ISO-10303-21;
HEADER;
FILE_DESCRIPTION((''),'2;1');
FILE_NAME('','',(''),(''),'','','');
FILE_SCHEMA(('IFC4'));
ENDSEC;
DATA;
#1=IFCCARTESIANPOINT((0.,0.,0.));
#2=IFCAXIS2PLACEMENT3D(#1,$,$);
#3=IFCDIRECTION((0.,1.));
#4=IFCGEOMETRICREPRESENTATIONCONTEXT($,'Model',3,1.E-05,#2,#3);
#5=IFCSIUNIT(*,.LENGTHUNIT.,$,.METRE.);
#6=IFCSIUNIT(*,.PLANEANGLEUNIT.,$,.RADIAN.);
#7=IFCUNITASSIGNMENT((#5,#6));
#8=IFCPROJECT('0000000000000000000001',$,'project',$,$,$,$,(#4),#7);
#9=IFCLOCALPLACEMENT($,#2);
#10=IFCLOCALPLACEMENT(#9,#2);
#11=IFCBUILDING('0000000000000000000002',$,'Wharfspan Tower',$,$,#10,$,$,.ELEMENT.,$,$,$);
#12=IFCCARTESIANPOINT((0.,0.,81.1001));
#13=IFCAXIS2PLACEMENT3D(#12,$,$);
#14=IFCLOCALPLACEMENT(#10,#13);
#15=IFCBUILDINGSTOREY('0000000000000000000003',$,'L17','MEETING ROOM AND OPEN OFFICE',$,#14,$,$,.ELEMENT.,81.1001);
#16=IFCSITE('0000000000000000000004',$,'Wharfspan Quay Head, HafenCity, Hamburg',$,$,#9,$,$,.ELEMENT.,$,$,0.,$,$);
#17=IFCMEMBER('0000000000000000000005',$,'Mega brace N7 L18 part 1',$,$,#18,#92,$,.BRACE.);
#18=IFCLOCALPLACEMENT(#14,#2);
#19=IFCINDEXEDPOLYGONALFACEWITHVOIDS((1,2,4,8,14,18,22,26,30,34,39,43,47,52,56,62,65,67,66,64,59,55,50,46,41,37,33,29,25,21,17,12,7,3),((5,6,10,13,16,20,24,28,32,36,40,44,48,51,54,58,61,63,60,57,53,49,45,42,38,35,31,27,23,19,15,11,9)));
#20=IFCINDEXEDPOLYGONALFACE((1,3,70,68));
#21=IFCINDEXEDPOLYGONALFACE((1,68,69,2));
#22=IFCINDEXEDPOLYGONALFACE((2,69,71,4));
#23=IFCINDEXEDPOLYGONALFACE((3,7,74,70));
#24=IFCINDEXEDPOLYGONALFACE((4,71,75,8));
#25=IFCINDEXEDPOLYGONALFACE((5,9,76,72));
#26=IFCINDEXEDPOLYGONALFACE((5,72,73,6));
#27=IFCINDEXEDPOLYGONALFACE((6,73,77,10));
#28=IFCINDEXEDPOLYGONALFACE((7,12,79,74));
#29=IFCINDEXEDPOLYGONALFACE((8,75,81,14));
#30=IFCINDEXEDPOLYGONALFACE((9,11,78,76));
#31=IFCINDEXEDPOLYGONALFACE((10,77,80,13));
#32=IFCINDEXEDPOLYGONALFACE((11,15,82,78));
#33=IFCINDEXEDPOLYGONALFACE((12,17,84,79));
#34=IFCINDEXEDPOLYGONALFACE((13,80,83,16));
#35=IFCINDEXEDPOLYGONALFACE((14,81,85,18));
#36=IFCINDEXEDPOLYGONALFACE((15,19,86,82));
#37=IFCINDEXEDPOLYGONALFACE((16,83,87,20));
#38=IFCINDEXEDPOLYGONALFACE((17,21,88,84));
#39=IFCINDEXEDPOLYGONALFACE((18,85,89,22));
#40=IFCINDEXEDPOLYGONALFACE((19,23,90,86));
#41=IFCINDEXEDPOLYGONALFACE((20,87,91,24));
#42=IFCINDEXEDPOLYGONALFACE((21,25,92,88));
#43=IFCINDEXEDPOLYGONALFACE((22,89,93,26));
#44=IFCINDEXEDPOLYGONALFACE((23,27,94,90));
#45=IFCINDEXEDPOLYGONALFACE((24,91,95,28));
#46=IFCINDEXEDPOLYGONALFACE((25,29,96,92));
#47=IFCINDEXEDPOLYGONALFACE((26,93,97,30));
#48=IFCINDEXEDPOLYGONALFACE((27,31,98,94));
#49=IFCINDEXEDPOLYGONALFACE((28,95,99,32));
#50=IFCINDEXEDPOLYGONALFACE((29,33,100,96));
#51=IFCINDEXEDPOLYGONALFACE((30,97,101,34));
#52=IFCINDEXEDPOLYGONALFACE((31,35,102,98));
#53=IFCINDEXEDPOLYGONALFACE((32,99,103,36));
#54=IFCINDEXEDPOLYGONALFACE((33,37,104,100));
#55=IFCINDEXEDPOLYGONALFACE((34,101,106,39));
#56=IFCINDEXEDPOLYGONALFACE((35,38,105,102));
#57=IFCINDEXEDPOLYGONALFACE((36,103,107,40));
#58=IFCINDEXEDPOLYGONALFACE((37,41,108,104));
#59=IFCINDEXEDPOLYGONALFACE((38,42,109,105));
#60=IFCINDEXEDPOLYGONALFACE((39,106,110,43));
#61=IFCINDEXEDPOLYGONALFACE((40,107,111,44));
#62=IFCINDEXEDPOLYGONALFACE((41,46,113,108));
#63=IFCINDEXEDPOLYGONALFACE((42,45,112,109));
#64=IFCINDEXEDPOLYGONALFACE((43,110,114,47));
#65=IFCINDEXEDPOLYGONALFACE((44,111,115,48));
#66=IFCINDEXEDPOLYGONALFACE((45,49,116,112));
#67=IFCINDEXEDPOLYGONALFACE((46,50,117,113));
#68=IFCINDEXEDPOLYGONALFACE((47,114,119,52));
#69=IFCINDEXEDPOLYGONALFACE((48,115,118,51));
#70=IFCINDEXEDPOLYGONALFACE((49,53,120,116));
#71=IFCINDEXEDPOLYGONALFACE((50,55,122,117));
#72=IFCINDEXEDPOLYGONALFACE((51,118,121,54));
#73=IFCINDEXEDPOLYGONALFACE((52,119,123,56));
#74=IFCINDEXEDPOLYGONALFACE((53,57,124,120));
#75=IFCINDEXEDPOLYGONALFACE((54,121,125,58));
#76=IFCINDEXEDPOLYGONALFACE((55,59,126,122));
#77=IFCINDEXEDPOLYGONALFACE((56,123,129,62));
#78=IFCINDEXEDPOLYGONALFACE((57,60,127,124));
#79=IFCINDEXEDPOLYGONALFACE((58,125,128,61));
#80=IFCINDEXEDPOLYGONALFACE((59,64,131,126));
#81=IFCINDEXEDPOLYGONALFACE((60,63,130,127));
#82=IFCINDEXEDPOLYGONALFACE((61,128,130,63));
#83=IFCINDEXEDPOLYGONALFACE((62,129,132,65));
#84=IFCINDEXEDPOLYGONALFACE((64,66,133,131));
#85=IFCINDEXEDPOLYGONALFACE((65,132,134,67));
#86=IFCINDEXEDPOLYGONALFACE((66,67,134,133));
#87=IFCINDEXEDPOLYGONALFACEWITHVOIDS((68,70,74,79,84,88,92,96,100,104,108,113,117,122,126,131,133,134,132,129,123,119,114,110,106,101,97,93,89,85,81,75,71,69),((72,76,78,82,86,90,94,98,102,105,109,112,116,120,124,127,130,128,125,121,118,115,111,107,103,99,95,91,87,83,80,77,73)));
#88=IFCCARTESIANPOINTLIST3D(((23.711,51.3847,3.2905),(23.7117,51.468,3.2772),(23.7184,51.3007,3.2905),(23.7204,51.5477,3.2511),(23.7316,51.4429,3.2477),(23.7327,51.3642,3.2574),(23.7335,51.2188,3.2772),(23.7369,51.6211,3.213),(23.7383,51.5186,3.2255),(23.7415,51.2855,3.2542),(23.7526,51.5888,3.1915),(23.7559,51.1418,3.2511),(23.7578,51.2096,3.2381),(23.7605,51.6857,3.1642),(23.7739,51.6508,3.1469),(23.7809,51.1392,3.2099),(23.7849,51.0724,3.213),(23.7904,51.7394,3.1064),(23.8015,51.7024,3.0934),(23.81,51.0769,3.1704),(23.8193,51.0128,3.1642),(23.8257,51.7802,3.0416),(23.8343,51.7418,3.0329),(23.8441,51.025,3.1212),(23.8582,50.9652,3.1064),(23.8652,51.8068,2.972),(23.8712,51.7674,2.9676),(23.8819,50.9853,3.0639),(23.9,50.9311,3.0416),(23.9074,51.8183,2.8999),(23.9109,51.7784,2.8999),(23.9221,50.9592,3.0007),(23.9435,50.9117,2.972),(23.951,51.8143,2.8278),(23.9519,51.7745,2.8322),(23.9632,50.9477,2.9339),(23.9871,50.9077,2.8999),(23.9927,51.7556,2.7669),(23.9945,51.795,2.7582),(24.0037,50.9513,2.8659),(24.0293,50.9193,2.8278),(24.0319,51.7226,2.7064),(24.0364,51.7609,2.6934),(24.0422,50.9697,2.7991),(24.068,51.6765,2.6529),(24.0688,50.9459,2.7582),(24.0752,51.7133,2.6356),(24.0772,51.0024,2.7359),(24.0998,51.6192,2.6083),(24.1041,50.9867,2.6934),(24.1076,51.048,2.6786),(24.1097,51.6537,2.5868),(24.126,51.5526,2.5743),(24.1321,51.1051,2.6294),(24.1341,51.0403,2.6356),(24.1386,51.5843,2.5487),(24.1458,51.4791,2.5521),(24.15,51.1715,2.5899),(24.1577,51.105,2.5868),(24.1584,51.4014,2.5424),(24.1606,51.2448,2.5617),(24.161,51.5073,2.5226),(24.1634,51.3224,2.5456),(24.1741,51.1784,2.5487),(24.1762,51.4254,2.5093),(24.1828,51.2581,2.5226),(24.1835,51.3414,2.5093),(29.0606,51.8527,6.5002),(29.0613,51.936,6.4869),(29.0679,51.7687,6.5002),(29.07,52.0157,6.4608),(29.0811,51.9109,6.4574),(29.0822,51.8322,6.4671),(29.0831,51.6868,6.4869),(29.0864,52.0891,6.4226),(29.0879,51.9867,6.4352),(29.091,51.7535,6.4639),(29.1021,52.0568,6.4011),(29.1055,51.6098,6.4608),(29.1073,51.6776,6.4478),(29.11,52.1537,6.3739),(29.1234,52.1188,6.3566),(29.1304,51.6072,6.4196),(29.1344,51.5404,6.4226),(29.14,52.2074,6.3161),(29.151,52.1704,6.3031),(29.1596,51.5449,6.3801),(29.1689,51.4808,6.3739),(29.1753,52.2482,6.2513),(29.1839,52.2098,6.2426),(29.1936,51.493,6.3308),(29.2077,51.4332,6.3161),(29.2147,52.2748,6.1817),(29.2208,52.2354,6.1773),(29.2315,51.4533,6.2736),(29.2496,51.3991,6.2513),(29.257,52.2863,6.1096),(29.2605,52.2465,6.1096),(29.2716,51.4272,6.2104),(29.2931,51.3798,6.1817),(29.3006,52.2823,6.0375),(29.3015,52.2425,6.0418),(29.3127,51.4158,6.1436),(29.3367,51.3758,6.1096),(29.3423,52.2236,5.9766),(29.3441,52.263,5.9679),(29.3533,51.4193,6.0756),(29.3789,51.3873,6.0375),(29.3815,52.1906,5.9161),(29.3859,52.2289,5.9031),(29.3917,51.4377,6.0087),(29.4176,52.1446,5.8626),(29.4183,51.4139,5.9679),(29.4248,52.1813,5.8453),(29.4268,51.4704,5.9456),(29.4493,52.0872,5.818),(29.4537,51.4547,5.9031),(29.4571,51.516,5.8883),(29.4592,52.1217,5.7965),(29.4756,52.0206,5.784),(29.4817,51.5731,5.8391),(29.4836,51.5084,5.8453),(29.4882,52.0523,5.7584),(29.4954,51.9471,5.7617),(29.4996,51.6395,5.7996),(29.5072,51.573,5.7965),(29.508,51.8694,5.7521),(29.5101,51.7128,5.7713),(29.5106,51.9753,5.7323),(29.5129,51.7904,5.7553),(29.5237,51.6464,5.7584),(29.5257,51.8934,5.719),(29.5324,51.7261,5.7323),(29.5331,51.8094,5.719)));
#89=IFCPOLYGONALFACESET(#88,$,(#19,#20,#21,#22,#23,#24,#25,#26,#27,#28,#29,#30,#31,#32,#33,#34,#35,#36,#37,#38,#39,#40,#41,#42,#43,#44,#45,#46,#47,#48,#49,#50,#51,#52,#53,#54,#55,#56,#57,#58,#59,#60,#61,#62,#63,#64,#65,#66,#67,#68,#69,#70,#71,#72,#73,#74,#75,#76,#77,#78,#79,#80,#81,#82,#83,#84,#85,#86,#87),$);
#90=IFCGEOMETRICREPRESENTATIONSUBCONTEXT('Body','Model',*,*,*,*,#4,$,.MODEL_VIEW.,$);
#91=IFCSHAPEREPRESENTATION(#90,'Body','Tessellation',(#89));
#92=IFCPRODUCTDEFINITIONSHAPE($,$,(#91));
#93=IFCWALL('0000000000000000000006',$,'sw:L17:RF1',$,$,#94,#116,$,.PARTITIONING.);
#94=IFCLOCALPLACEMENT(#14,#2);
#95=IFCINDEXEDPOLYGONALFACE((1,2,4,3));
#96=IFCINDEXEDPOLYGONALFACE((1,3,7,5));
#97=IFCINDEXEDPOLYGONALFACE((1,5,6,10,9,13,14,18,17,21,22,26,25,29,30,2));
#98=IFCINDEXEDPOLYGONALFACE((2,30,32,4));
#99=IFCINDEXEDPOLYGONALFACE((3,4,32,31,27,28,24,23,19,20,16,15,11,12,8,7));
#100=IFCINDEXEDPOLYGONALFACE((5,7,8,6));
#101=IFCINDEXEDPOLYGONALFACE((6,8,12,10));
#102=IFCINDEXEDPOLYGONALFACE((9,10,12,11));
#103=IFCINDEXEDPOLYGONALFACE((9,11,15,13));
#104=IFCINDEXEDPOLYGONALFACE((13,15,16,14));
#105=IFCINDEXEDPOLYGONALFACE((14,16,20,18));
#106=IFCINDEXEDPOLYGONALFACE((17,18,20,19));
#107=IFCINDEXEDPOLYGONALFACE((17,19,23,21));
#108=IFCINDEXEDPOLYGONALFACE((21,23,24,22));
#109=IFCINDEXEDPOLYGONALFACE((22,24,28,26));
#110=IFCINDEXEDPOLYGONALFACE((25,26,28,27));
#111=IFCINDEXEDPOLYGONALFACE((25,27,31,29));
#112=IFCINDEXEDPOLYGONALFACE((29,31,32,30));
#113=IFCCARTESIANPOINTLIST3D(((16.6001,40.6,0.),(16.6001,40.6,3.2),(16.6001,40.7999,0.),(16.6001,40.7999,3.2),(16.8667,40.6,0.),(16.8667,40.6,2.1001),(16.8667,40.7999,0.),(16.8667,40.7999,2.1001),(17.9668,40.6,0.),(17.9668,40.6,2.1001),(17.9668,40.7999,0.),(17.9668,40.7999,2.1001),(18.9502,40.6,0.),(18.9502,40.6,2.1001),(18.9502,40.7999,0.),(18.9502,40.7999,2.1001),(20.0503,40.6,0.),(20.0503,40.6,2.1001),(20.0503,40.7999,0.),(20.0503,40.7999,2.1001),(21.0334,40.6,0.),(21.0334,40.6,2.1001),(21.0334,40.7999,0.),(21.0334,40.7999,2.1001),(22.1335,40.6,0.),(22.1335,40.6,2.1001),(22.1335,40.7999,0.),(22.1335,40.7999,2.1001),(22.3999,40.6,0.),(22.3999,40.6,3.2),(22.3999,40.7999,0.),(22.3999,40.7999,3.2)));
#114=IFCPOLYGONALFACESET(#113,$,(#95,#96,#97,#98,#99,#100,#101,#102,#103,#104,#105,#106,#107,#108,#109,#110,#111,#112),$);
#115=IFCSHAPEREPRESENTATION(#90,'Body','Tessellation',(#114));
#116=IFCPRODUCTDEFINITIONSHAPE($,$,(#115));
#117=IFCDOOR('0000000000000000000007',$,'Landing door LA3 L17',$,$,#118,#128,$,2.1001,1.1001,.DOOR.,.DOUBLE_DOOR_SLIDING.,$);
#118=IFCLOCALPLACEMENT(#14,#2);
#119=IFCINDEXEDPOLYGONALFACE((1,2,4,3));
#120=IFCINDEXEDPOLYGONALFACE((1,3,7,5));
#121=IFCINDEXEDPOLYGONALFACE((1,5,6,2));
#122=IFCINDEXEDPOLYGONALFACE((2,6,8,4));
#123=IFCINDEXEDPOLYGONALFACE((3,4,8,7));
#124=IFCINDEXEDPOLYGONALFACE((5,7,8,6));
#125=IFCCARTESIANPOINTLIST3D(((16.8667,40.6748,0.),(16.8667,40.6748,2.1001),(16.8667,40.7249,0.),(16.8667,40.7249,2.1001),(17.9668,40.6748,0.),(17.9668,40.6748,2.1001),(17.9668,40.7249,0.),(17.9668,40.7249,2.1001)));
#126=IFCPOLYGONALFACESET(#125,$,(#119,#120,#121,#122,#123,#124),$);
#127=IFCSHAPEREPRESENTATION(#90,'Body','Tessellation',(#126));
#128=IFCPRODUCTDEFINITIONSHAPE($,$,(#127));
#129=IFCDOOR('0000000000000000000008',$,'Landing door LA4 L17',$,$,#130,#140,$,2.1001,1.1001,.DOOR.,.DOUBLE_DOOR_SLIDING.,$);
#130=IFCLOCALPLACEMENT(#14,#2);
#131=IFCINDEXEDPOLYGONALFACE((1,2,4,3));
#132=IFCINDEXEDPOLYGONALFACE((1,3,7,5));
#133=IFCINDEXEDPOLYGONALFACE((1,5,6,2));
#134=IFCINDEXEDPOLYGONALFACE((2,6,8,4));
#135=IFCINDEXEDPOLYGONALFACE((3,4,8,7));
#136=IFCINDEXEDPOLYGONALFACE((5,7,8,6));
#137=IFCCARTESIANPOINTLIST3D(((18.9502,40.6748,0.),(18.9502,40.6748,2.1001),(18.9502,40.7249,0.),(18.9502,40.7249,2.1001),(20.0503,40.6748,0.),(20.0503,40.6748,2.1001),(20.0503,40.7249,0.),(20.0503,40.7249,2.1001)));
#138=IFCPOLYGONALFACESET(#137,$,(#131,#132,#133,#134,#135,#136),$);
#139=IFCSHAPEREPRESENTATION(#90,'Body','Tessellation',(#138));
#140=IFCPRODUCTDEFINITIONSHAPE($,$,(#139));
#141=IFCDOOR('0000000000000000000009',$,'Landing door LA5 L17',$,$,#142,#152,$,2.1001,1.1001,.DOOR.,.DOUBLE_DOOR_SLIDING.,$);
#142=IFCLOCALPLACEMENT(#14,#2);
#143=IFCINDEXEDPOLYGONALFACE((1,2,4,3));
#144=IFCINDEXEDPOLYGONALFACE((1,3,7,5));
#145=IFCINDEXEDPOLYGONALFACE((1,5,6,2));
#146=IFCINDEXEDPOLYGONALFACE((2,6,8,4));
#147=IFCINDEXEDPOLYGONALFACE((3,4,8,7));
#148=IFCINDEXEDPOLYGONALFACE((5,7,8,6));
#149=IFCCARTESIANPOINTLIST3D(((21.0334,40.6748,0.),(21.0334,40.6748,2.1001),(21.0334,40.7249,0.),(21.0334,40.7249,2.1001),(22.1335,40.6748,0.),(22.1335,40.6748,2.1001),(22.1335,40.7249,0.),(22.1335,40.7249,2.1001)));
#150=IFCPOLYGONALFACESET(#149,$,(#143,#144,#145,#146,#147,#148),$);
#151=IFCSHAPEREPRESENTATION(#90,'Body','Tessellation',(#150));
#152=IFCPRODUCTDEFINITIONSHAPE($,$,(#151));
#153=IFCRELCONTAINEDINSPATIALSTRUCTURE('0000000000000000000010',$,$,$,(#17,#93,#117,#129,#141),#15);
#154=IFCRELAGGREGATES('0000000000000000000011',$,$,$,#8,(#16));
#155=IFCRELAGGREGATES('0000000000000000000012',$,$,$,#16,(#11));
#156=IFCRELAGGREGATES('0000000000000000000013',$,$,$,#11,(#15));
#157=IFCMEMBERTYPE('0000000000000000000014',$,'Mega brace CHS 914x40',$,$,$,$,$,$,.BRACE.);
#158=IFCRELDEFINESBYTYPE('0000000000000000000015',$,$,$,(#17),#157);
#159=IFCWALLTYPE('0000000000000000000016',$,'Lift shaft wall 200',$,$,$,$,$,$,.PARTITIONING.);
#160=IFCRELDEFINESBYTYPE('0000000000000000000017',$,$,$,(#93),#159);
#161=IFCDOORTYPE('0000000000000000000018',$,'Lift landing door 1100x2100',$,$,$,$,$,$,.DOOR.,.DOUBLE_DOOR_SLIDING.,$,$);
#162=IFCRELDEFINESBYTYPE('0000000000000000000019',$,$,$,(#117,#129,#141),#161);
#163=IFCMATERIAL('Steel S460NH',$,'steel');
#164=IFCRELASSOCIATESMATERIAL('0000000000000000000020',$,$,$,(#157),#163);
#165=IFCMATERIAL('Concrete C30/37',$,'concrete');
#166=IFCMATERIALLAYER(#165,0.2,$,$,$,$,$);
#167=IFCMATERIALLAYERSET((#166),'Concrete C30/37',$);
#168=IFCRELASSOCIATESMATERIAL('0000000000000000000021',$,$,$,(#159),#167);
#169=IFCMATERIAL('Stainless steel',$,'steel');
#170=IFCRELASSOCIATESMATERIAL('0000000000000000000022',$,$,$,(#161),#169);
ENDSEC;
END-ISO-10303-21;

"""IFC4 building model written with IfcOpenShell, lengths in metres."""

from ifc_helpers import new_model, si_unit, direction, frame, frame_2d, origin, origin_2d, place, context, subcontext, project, spatial, rectangle, hollow_circle, extrude, material, layer, layer_set, material_profile, profile_set, type_object, element, fill, save


model = new_model("IFC4")

# Units and contexts
model_context = context("Model", 3, precision=1e-05, world=origin(), true_north=direction((0.0, 1.0)))
body_context = subcontext(model_context, "Body", "Model", "MODEL_VIEW")
ifc_project = project(units=[si_unit("LENGTHUNIT", "METRE"), si_unit("PLANEANGLEUNIT", "RADIAN")], contexts=[model_context])

# Site, building, storey
site_placement = place(None, origin())
site = spatial("IfcSite", under=ifc_project, at=site_placement, Name="Wharfspan Quay Head, HafenCity, Hamburg", CompositionType="ELEMENT", RefElevation=0.0)
building_placement = place(site_placement, origin())
building = spatial("IfcBuilding", under=site, at=building_placement, Name="Wharfspan Tower", CompositionType="ELEMENT")
storey_placement = place(building_placement, frame((0.0, 0.0, 81.1001)))
storey = spatial("IfcBuildingStorey", under=building, at=storey_placement, Name="L17", Description="MEETING ROOM AND OPEN OFFICE", CompositionType="ELEMENT", Elevation=81.1001)

# Member
ifc_material_1 = material(Name="Steel S460NH", Category="steel")
ifc_material_profile_1 = material_profile(ifc_material_1, hollow_circle(Radius=0.457, WallThickness=0.04, at=origin_2d()))
ifc_profile_set_1 = profile_set([ifc_material_profile_1], Name="Steel S460NH")
member_type = type_object("IfcMemberType", Name="Mega brace CHS 914x40", PredefinedType="BRACE", material=ifc_profile_set_1)
member_placement = place(storey_placement, frame((23.9473, 51.363, 2.8999), z_axis=(0.855094, 0.074809, 0.513048), x_axis=(-0.087154, 0.996195, 0.000001)))
element("IfcMember", 1, at=member_placement, inside=storey, type_object=member_type, Name="Mega brace N7 L18 part 1", PredefinedType="BRACE", context=body_context, shape_type="SweptSolid", body=[
    extrude(hollow_circle(Radius=0.457, WallThickness=0.04, at=origin_2d()), origin(), (0.0, 0.0, 1.0), 6.2561),
])

# Wall, openings, doors
ifc_material_2 = material(Name="Concrete C30/37", Category="concrete")
ifc_layer_1 = layer(ifc_material_2, 0.2)
ifc_layer_set_1 = layer_set([ifc_layer_1], Name="Concrete C30/37")
wall_type_1 = type_object("IfcWallType", Name="Lift shaft wall 200", PredefinedType="PARTITIONING", material=ifc_layer_set_1)
wall_1_placement = place(storey_placement, frame((16.6001, 40.7, 0.0), z_axis=(0.0, 0.0, 1.0), x_axis=(1.0, 0.0, 0.0)))
wall_1 = element("IfcWall", 2, at=wall_1_placement, inside=storey, type_object=wall_type_1, Name="sw:L17:RF1", PredefinedType="PARTITIONING", context=body_context, shape_type="SweptSolid", body=[
    extrude(rectangle(XDim=5.7998, YDim=0.2, at=frame_2d((2.8999, 0.0))), origin(), (0.0, 0.0, 1.0), 3.2),
])
opening_1_placement = place(wall_1_placement, frame((0.2666, 0.0, 0.0)))
opening_1 = element("IfcOpeningElement", 3, at=opening_1_placement, cuts=wall_1, PredefinedType="OPENING", context=body_context, shape_type="SweptSolid", body=[
    extrude(rectangle(XDim=1.1001, YDim=2.1001, at=frame_2d((0.55, 1.05))), frame((0.0, 0.1099, 0.0), z_axis=(0.0, -1.0, 0.0), x_axis=(1.0, 0.0, 0.0)), (0.0, 0.0, 1.0), 0.22),
])
opening_2_placement = place(wall_1_placement, frame((2.3501, 0.0, 0.0)))
opening_2 = element("IfcOpeningElement", 4, at=opening_2_placement, cuts=wall_1, PredefinedType="OPENING", context=body_context, shape_type="SweptSolid", body=[
    extrude(rectangle(XDim=1.1001, YDim=2.1001, at=frame_2d((0.55, 1.05))), frame((0.0, 0.1099, 0.0), z_axis=(0.0, -1.0, 0.0), x_axis=(1.0, 0.0, 0.0)), (0.0, 0.0, 1.0), 0.22),
])
opening_3_placement = place(wall_1_placement, frame((4.4333, 0.0, 0.0)))
opening_3 = element("IfcOpeningElement", 5, at=opening_3_placement, cuts=wall_1, PredefinedType="OPENING", context=body_context, shape_type="SweptSolid", body=[
    extrude(rectangle(XDim=1.1001, YDim=2.1001, at=frame_2d((0.55, 1.05))), frame((0.0, 0.1099, 0.0), z_axis=(0.0, -1.0, 0.0), x_axis=(1.0, 0.0, 0.0)), (0.0, 0.0, 1.0), 0.22),
])
ifc_material_3 = material(Name="Stainless steel", Category="steel")
door_type_1 = type_object("IfcDoorType", Name="Lift landing door 1100x2100", OperationType="DOUBLE_DOOR_SLIDING", PredefinedType="DOOR", material=ifc_material_3)
door_1_placement = place(opening_1_placement, origin())
door_1 = element("IfcDoor", 6, at=door_1_placement, inside=storey, type_object=door_type_1, Name="Landing door LA3 L17", OperationType="DOUBLE_DOOR_SLIDING", OverallHeight=2.1001, OverallWidth=1.1001, PredefinedType="DOOR", context=body_context, shape_type="SweptSolid", body=[
    extrude(rectangle(XDim=1.1001, YDim=2.1001, at=frame_2d((0.55, 1.05))), frame((0.0, 0.0249, 0.0), z_axis=(0.0, -1.0, 0.0), x_axis=(1.0, 0.0, 0.0)), (0.0, 0.0, 1.0), 0.05),
])
fill(opening_1, door_1)
door_2_placement = place(opening_2_placement, origin())
door_2 = element("IfcDoor", 7, at=door_2_placement, inside=storey, type_object=door_type_1, Name="Landing door LA4 L17", OperationType="DOUBLE_DOOR_SLIDING", OverallHeight=2.1001, OverallWidth=1.1001, PredefinedType="DOOR", context=body_context, shape_type="SweptSolid", body=[
    extrude(rectangle(XDim=1.1001, YDim=2.1001, at=frame_2d((0.55, 1.05))), frame((0.0, 0.0249, 0.0), z_axis=(0.0, -1.0, 0.0), x_axis=(1.0, 0.0, 0.0)), (0.0, 0.0, 1.0), 0.05),
])
fill(opening_2, door_2)
door_3_placement = place(opening_3_placement, origin())
door_3 = element("IfcDoor", 8, at=door_3_placement, inside=storey, type_object=door_type_1, Name="Landing door LA5 L17", OperationType="DOUBLE_DOOR_SLIDING", OverallHeight=2.1001, OverallWidth=1.1001, PredefinedType="DOOR", context=body_context, shape_type="SweptSolid", body=[
    extrude(rectangle(XDim=1.1001, YDim=2.1001, at=frame_2d((0.55, 1.05))), frame((0.0, 0.0249, 0.0), z_axis=(0.0, -1.0, 0.0), x_axis=(1.0, 0.0, 0.0)), (0.0, 0.0, 1.0), 0.05),
])
fill(opening_3, door_3)

save(model, "model.ifc")
